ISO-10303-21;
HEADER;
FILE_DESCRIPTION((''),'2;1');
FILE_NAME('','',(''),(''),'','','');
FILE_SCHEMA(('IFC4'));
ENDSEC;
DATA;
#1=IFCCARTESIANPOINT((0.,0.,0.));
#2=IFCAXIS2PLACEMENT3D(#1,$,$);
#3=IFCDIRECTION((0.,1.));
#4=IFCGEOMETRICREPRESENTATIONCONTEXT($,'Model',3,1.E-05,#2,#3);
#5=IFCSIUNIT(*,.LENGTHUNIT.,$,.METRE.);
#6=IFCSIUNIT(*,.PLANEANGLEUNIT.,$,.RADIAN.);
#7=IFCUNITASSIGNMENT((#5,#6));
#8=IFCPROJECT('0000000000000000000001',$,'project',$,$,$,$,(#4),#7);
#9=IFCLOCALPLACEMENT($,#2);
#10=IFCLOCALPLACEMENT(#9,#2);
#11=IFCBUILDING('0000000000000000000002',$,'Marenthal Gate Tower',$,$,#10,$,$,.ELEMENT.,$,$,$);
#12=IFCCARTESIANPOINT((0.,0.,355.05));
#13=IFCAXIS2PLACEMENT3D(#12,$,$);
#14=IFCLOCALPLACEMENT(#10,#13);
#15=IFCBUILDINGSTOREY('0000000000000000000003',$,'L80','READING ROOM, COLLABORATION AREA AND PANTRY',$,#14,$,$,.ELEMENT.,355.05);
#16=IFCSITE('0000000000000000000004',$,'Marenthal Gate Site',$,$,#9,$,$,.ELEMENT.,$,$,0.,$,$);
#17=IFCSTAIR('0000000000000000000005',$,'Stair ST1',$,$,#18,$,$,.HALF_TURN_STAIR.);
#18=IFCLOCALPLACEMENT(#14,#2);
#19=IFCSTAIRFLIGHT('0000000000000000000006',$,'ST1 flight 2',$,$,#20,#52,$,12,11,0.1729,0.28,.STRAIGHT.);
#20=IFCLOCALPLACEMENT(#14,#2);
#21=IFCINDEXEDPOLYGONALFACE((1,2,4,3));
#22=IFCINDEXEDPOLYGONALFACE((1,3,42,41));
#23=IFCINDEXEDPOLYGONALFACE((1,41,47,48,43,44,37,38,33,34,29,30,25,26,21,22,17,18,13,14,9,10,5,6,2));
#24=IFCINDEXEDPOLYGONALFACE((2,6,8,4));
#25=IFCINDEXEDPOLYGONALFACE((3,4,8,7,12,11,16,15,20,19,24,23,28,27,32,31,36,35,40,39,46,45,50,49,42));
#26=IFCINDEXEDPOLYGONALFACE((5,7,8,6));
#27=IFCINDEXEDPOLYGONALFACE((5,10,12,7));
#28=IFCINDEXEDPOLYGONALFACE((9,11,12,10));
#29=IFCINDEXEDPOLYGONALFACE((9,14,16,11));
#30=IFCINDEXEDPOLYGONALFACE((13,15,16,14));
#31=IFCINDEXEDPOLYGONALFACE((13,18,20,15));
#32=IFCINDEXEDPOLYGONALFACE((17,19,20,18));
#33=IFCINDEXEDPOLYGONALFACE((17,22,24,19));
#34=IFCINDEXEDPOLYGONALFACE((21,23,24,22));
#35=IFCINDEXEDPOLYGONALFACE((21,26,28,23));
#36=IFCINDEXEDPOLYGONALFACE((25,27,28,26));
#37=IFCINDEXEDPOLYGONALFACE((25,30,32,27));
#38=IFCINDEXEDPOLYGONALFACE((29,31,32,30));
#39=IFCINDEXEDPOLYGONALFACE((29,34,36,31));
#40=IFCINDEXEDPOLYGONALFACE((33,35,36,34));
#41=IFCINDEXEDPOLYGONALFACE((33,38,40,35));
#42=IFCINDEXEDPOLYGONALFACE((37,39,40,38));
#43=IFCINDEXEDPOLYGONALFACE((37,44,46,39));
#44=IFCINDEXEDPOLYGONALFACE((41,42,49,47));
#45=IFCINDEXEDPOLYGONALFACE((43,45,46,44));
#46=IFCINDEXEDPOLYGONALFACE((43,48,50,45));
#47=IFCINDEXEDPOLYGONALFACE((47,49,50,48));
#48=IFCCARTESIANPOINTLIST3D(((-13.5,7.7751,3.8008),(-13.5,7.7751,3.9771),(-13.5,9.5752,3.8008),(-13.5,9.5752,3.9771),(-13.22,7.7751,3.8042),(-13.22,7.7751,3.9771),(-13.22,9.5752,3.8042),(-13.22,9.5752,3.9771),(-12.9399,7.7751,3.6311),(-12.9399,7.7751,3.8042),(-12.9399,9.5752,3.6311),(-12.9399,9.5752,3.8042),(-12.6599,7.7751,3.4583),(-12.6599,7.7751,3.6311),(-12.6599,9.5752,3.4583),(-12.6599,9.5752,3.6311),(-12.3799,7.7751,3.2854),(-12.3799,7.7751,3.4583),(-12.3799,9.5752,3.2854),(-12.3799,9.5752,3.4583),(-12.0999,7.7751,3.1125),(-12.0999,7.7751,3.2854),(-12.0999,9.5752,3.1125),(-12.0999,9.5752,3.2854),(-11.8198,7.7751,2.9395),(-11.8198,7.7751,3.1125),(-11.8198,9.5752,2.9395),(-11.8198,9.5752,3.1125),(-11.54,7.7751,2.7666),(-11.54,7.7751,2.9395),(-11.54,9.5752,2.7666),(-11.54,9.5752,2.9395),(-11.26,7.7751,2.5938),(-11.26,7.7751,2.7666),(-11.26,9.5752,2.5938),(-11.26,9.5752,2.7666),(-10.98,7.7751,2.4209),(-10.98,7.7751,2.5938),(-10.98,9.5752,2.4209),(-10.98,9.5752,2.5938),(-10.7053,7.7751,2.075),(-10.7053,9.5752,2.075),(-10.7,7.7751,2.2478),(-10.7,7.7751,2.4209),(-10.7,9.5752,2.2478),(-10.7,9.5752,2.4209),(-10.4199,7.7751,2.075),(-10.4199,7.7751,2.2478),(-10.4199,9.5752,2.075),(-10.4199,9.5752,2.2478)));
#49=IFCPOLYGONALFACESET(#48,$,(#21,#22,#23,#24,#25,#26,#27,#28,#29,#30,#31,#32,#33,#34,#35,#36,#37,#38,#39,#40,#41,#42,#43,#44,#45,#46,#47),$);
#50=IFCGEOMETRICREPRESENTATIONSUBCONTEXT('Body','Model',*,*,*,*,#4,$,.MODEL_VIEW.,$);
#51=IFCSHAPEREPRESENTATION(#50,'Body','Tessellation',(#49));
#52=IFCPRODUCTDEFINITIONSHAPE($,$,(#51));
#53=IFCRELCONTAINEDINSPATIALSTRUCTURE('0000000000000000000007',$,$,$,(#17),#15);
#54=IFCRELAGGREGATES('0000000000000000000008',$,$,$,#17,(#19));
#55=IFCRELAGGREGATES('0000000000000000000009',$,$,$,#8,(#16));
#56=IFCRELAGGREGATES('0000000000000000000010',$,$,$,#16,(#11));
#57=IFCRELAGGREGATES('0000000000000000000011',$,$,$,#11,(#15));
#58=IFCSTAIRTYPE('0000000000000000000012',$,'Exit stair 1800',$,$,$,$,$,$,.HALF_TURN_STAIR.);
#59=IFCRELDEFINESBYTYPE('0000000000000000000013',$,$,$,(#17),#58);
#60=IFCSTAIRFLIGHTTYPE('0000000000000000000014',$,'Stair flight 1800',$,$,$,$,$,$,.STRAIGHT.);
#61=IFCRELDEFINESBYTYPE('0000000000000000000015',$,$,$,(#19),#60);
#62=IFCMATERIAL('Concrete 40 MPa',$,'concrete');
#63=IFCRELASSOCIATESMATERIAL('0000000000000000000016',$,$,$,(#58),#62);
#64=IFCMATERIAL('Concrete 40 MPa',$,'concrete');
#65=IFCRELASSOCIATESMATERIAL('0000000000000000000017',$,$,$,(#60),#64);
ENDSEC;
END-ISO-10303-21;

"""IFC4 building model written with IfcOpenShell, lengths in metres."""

from ifc_helpers import new_model, si_unit, direction, frame, origin, place, context, subcontext, project, spatial, polyline, outline, extrude, material, type_object, element, aggregate, save


model = new_model("IFC4")

# Units and contexts
model_context = context("Model", 3, precision=1e-05, world=origin(), true_north=direction((0.0, 1.0)))
body_context = subcontext(model_context, "Body", "Model", "MODEL_VIEW")
ifc_project = project(units=[si_unit("LENGTHUNIT", "METRE"), si_unit("PLANEANGLEUNIT", "RADIAN")], contexts=[model_context])

# Site, building, storey
site_placement = place(None, origin())
site = spatial("IfcSite", under=ifc_project, at=site_placement, Name="Marenthal Gate Site", CompositionType="ELEMENT", RefElevation=0.0)
building_placement = place(site_placement, origin())
building = spatial("IfcBuilding", under=site, at=building_placement, Name="Marenthal Gate Tower", CompositionType="ELEMENT")
storey_placement = place(building_placement, frame((0.0, 0.0, 355.05)))
storey = spatial("IfcBuildingStorey", under=building, at=storey_placement, Name="L80", Description="READING ROOM, COLLABORATION AREA AND PANTRY", CompositionType="ELEMENT", Elevation=355.05)

# Stair, stair flight
ifc_material_1 = material(Name="Concrete 40 MPa", Category="concrete")
stair_type = type_object("IfcStairType", Name="Exit stair 1800", PredefinedType="HALF_TURN_STAIR", material=ifc_material_1)
stair_placement = place(storey_placement, origin())
stair = element("IfcStair", 1, at=stair_placement, inside=storey, type_object=stair_type, Name="Stair ST1", PredefinedType="HALF_TURN_STAIR")
ifc_material_2 = material(Name="Concrete 40 MPa", Category="concrete")
stair_flight_type = type_object("IfcStairFlightType", Name="Stair flight 1800", PredefinedType="STRAIGHT", material=ifc_material_2)
stair_flight_1_placement = place(storey_placement, frame((-10.4199, 8.675, 2.075), z_axis=(0.0, 0.0, 1.0), x_axis=(-1.0, 0.0, 0.0)))
stair_flight_1 = element("IfcStairFlight", 2, at=stair_flight_1_placement, type_object=stair_flight_type, Name="ST1 flight 2", NumberOfRisers=12, NumberOfTreads=11, PredefinedType="STRAIGHT", RiserHeight=0.1729, TreadLength=0.28, context=body_context, shape_type="SweptSolid", body=[
    extrude(outline(polyline([(0.0, 0.0), (0.0, 0.1729), (0.28, 0.1729), (0.28, 0.3459), (0.5601, 0.3459), (0.5601, 0.5188), (0.8401, 0.5188), (0.8401, 0.6917), (1.1201, 0.6917), (1.1201, 0.8645), (1.3999, 0.8645), (1.3999, 1.0376), (1.6799, 1.0376), (1.6799, 1.2104), (1.96, 1.2104), (1.96, 1.3833), (2.24, 1.3833), (2.24, 1.5562), (2.52, 1.5562), (2.52, 1.7292), (2.8, 1.7292), (2.8, 1.9021), (3.0801, 1.9021), (3.0801, 2.075), (3.0801, 1.7258), (0.2854, 0.0), (0.0, 0.0)])), frame((0.0, 0.8999, 0.0), z_axis=(0.0, -1.0, 0.0), x_axis=(1.0, 0.0, 0.0)), (0.0, 0.0, 1.0), 1.8),
])
aggregate(stair, [stair_flight_1])

save(model, "model.ifc")
